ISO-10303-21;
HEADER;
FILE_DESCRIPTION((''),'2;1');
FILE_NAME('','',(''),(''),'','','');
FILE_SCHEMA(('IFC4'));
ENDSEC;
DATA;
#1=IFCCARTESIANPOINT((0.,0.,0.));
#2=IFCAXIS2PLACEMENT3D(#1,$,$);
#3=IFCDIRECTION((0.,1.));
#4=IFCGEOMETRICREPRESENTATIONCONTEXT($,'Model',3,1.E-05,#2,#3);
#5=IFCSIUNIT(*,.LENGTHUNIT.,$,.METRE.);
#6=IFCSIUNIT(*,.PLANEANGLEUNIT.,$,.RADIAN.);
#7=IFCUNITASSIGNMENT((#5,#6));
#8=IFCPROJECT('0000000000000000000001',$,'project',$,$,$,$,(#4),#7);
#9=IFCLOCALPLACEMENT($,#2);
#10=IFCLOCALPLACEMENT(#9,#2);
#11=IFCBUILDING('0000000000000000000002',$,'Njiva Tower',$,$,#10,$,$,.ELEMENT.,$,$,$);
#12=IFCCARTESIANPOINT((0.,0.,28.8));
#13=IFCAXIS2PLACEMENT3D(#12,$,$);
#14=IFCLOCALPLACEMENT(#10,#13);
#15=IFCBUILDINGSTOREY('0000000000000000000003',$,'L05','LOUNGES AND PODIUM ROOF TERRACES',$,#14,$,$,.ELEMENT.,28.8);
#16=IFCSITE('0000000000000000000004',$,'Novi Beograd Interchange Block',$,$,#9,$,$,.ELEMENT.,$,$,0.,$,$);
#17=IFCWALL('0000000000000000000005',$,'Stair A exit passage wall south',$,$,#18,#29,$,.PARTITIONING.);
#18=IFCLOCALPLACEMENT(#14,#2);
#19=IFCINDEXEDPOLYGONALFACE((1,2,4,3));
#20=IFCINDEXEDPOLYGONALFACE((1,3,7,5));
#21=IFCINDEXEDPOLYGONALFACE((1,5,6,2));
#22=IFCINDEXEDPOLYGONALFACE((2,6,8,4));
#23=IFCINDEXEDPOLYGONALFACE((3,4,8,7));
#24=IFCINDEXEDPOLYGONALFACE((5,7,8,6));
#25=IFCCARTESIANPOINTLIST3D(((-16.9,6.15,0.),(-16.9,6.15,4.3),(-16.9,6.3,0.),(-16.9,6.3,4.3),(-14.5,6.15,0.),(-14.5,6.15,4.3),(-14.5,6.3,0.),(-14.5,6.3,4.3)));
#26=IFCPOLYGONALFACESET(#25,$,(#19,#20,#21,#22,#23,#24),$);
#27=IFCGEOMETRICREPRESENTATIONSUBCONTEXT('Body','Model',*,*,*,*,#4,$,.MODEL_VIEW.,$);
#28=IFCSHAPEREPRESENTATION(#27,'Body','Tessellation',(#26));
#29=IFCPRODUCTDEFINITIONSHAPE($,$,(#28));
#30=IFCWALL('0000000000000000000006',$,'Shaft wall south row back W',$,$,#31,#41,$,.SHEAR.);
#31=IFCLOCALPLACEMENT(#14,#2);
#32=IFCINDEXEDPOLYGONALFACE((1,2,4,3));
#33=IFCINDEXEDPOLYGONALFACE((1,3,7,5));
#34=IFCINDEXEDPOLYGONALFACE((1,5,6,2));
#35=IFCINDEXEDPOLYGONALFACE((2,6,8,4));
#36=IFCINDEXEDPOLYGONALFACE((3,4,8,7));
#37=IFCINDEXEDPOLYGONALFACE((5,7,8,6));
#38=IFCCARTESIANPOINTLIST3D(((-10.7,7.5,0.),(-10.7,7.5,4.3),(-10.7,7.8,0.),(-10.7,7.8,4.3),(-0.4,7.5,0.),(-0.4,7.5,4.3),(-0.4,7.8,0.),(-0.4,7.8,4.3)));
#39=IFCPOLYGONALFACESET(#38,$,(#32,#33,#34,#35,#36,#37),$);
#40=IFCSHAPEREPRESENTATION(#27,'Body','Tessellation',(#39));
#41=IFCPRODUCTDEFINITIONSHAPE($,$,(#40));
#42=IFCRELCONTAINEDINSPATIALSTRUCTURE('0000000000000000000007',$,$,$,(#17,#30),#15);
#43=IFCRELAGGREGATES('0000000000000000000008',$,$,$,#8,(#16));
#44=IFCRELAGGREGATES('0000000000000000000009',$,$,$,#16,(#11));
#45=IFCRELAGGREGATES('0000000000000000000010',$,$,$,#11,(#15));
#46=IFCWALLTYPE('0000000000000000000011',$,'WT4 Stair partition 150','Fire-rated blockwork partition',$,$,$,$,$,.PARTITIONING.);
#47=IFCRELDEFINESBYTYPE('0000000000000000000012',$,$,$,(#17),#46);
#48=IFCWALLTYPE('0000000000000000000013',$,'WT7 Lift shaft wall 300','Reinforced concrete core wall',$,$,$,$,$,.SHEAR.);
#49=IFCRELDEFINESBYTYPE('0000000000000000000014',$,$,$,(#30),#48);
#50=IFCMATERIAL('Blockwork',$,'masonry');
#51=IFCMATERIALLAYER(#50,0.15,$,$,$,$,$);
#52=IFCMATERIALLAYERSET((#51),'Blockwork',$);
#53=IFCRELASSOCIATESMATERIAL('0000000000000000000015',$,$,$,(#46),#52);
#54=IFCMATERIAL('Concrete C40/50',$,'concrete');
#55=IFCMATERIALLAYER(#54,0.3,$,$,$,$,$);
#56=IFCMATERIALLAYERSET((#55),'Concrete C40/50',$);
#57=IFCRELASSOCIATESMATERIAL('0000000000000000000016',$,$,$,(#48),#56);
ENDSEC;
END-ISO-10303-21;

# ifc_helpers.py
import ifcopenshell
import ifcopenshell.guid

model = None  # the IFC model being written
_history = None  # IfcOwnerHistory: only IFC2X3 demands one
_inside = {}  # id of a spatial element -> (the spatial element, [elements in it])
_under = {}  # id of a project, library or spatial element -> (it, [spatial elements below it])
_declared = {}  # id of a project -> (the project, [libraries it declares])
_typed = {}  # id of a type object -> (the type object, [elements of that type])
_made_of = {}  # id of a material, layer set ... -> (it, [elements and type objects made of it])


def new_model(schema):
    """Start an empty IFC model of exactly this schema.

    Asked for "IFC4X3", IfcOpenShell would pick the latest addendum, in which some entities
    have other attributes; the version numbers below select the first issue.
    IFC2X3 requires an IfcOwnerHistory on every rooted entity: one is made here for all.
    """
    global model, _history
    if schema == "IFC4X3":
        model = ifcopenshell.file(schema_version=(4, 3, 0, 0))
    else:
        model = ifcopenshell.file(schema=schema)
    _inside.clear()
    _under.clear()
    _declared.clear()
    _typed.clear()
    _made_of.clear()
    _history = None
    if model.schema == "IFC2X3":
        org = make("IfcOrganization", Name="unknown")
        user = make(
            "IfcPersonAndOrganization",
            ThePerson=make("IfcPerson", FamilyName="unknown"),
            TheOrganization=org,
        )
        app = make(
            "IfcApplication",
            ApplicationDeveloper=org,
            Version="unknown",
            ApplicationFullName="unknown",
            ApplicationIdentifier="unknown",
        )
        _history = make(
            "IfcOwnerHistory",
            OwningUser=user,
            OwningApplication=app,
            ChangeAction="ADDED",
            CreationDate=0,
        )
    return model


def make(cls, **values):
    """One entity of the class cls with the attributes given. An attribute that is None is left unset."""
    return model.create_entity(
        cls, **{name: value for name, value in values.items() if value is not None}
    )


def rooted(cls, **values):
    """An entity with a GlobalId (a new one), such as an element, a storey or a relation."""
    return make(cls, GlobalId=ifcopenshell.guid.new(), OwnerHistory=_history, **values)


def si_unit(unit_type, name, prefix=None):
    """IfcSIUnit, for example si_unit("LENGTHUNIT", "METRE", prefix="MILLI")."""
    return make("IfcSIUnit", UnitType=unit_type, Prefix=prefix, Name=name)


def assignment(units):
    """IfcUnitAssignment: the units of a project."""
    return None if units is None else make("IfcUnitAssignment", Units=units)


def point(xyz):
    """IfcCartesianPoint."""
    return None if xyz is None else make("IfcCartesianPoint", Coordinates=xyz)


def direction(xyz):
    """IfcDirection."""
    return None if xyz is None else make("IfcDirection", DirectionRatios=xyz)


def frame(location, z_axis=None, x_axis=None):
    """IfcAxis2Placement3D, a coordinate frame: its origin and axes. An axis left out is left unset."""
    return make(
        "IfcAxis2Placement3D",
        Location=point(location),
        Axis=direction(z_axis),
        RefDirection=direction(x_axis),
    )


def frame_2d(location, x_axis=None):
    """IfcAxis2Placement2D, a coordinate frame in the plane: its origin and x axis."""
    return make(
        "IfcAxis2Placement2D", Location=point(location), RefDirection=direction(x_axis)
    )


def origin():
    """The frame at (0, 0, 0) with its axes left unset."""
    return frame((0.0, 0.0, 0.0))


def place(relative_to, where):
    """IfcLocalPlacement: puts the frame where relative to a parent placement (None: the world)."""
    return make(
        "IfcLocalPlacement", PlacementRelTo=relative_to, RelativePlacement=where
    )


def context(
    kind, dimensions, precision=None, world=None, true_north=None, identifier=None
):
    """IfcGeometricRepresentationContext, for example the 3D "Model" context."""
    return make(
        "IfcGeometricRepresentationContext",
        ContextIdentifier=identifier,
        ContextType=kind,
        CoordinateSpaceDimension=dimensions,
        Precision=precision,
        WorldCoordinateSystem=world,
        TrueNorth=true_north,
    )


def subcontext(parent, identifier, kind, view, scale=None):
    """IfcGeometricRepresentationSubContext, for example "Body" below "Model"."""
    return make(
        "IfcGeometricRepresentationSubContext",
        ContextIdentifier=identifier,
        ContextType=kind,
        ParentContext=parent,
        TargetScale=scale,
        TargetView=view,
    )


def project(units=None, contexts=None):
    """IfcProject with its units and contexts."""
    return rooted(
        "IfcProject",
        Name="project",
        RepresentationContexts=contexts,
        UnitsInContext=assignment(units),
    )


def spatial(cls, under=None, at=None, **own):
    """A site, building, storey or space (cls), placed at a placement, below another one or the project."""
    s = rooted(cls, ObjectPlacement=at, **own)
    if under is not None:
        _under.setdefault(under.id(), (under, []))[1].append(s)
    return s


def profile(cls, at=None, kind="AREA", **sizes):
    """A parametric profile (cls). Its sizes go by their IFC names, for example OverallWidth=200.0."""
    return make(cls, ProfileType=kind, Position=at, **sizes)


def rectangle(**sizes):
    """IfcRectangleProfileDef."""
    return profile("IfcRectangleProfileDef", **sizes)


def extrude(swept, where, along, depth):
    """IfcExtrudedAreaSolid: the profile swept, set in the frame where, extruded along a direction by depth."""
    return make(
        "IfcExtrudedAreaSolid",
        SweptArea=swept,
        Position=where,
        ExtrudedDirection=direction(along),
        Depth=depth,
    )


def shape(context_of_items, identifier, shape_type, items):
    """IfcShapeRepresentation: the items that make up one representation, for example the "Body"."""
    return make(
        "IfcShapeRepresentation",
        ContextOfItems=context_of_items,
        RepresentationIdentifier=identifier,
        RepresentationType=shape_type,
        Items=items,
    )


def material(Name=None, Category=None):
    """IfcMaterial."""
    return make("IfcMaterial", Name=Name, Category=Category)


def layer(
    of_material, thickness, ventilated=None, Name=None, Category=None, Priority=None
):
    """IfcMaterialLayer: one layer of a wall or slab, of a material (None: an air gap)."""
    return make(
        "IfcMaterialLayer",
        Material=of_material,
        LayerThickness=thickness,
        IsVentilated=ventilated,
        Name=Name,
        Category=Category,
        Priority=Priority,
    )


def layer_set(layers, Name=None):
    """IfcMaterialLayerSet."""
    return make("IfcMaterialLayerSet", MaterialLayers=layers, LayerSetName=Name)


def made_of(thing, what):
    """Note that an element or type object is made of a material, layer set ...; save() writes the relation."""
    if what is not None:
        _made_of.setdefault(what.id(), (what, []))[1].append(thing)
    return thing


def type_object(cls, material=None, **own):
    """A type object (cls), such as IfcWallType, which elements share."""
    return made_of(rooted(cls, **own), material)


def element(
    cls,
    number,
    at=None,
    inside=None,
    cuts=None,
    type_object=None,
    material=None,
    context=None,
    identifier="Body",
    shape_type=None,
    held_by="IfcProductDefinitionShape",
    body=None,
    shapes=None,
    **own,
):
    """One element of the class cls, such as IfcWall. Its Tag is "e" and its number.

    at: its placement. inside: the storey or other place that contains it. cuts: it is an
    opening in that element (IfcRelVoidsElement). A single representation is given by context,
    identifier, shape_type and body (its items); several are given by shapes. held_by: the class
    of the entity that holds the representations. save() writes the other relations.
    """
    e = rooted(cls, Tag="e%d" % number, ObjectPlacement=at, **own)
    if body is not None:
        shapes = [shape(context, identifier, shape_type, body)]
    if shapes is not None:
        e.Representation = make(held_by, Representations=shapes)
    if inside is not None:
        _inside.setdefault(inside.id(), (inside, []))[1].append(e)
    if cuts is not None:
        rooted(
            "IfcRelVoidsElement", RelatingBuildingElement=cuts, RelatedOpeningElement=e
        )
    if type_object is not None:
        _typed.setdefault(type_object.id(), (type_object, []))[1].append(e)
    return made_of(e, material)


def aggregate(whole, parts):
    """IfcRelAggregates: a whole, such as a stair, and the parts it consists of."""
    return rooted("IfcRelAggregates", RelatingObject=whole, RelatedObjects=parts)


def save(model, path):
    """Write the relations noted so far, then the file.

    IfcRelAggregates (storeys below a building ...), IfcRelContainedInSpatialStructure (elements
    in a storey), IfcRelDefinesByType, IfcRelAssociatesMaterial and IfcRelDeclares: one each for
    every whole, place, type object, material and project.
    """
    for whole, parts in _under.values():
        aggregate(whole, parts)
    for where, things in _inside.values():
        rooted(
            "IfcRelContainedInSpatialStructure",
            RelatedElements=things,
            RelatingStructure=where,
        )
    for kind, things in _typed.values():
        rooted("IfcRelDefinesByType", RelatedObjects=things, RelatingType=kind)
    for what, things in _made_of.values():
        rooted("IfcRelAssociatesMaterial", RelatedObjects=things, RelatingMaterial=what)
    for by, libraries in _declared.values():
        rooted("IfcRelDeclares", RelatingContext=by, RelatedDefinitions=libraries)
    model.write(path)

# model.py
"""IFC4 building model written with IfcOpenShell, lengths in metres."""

from ifc_helpers import new_model, si_unit, direction, frame, frame_2d, origin, place, context, subcontext, project, spatial, rectangle, extrude, material, layer, layer_set, type_object, element, save


model = new_model("IFC4")

# Units and contexts
model_context = context("Model", 3, precision=1e-05, world=origin(), true_north=direction((0.0, 1.0)))
body_context = subcontext(model_context, "Body", "Model", "MODEL_VIEW")
ifc_project = project(units=[si_unit("LENGTHUNIT", "METRE"), si_unit("PLANEANGLEUNIT", "RADIAN")], contexts=[model_context])

# Site, building, storey
site_placement = place(None, origin())
site = spatial("IfcSite", under=ifc_project, at=site_placement, Name="Novi Beograd Interchange Block", CompositionType="ELEMENT", RefElevation=0.0)
building_placement = place(site_placement, origin())
building = spatial("IfcBuilding", under=site, at=building_placement, Name="Njiva Tower", CompositionType="ELEMENT")
storey_placement = place(building_placement, frame((0.0, 0.0, 28.8)))
storey = spatial("IfcBuildingStorey", under=building, at=storey_placement, Name="L05", Description="LOUNGES AND PODIUM ROOF TERRACES", CompositionType="ELEMENT", Elevation=28.8)

# Shared definitions
ifc_material_1 = material(Name="Blockwork", Category="masonry")

# Shared definitions
ifc_material_2 = material(Name="Concrete C40/50", Category="concrete")

# Walls
ifc_layer_1 = layer(ifc_material_1, 0.15)
ifc_layer_set_1 = layer_set([ifc_layer_1], Name="Blockwork")
wall_type_1 = type_object("IfcWallType", Name="WT4 Stair partition 150", Description="Fire-rated blockwork partition", PredefinedType="PARTITIONING", material=ifc_layer_set_1)
wall_1_placement = place(storey_placement, frame((-16.9, 6.225, 0.0), z_axis=(0.0, 0.0, 1.0), x_axis=(1.0, 0.0, 0.0)))
element("IfcWall", 1, at=wall_1_placement, inside=storey, type_object=wall_type_1, Name="Stair A exit passage wall south", PredefinedType="PARTITIONING", context=body_context, shape_type="SweptSolid", body=[
    extrude(rectangle(XDim=2.4, YDim=0.15, at=frame_2d((1.2, 0.0))), origin(), (0.0, 0.0, 1.0), 4.3),
])
ifc_layer_2 = layer(ifc_material_2, 0.3)
ifc_layer_set_2 = layer_set([ifc_layer_2], Name="Concrete C40/50")
wall_type_2 = type_object("IfcWallType", Name="WT7 Lift shaft wall 300", Description="Reinforced concrete core wall", PredefinedType="SHEAR", material=ifc_layer_set_2)
wall_2_placement = place(storey_placement, frame((-10.7, 7.65, 0.0), z_axis=(0.0, 0.0, 1.0), x_axis=(1.0, 0.0, 0.0)))
element("IfcWall", 2, at=wall_2_placement, inside=storey, type_object=wall_type_2, Name="Shaft wall south row back W", PredefinedType="SHEAR", context=body_context, shape_type="SweptSolid", body=[
    extrude(rectangle(XDim=10.3, YDim=0.3, at=frame_2d((5.15, 0.0))), origin(), (0.0, 0.0, 1.0), 4.3),
])

save(model, "model.ifc")
